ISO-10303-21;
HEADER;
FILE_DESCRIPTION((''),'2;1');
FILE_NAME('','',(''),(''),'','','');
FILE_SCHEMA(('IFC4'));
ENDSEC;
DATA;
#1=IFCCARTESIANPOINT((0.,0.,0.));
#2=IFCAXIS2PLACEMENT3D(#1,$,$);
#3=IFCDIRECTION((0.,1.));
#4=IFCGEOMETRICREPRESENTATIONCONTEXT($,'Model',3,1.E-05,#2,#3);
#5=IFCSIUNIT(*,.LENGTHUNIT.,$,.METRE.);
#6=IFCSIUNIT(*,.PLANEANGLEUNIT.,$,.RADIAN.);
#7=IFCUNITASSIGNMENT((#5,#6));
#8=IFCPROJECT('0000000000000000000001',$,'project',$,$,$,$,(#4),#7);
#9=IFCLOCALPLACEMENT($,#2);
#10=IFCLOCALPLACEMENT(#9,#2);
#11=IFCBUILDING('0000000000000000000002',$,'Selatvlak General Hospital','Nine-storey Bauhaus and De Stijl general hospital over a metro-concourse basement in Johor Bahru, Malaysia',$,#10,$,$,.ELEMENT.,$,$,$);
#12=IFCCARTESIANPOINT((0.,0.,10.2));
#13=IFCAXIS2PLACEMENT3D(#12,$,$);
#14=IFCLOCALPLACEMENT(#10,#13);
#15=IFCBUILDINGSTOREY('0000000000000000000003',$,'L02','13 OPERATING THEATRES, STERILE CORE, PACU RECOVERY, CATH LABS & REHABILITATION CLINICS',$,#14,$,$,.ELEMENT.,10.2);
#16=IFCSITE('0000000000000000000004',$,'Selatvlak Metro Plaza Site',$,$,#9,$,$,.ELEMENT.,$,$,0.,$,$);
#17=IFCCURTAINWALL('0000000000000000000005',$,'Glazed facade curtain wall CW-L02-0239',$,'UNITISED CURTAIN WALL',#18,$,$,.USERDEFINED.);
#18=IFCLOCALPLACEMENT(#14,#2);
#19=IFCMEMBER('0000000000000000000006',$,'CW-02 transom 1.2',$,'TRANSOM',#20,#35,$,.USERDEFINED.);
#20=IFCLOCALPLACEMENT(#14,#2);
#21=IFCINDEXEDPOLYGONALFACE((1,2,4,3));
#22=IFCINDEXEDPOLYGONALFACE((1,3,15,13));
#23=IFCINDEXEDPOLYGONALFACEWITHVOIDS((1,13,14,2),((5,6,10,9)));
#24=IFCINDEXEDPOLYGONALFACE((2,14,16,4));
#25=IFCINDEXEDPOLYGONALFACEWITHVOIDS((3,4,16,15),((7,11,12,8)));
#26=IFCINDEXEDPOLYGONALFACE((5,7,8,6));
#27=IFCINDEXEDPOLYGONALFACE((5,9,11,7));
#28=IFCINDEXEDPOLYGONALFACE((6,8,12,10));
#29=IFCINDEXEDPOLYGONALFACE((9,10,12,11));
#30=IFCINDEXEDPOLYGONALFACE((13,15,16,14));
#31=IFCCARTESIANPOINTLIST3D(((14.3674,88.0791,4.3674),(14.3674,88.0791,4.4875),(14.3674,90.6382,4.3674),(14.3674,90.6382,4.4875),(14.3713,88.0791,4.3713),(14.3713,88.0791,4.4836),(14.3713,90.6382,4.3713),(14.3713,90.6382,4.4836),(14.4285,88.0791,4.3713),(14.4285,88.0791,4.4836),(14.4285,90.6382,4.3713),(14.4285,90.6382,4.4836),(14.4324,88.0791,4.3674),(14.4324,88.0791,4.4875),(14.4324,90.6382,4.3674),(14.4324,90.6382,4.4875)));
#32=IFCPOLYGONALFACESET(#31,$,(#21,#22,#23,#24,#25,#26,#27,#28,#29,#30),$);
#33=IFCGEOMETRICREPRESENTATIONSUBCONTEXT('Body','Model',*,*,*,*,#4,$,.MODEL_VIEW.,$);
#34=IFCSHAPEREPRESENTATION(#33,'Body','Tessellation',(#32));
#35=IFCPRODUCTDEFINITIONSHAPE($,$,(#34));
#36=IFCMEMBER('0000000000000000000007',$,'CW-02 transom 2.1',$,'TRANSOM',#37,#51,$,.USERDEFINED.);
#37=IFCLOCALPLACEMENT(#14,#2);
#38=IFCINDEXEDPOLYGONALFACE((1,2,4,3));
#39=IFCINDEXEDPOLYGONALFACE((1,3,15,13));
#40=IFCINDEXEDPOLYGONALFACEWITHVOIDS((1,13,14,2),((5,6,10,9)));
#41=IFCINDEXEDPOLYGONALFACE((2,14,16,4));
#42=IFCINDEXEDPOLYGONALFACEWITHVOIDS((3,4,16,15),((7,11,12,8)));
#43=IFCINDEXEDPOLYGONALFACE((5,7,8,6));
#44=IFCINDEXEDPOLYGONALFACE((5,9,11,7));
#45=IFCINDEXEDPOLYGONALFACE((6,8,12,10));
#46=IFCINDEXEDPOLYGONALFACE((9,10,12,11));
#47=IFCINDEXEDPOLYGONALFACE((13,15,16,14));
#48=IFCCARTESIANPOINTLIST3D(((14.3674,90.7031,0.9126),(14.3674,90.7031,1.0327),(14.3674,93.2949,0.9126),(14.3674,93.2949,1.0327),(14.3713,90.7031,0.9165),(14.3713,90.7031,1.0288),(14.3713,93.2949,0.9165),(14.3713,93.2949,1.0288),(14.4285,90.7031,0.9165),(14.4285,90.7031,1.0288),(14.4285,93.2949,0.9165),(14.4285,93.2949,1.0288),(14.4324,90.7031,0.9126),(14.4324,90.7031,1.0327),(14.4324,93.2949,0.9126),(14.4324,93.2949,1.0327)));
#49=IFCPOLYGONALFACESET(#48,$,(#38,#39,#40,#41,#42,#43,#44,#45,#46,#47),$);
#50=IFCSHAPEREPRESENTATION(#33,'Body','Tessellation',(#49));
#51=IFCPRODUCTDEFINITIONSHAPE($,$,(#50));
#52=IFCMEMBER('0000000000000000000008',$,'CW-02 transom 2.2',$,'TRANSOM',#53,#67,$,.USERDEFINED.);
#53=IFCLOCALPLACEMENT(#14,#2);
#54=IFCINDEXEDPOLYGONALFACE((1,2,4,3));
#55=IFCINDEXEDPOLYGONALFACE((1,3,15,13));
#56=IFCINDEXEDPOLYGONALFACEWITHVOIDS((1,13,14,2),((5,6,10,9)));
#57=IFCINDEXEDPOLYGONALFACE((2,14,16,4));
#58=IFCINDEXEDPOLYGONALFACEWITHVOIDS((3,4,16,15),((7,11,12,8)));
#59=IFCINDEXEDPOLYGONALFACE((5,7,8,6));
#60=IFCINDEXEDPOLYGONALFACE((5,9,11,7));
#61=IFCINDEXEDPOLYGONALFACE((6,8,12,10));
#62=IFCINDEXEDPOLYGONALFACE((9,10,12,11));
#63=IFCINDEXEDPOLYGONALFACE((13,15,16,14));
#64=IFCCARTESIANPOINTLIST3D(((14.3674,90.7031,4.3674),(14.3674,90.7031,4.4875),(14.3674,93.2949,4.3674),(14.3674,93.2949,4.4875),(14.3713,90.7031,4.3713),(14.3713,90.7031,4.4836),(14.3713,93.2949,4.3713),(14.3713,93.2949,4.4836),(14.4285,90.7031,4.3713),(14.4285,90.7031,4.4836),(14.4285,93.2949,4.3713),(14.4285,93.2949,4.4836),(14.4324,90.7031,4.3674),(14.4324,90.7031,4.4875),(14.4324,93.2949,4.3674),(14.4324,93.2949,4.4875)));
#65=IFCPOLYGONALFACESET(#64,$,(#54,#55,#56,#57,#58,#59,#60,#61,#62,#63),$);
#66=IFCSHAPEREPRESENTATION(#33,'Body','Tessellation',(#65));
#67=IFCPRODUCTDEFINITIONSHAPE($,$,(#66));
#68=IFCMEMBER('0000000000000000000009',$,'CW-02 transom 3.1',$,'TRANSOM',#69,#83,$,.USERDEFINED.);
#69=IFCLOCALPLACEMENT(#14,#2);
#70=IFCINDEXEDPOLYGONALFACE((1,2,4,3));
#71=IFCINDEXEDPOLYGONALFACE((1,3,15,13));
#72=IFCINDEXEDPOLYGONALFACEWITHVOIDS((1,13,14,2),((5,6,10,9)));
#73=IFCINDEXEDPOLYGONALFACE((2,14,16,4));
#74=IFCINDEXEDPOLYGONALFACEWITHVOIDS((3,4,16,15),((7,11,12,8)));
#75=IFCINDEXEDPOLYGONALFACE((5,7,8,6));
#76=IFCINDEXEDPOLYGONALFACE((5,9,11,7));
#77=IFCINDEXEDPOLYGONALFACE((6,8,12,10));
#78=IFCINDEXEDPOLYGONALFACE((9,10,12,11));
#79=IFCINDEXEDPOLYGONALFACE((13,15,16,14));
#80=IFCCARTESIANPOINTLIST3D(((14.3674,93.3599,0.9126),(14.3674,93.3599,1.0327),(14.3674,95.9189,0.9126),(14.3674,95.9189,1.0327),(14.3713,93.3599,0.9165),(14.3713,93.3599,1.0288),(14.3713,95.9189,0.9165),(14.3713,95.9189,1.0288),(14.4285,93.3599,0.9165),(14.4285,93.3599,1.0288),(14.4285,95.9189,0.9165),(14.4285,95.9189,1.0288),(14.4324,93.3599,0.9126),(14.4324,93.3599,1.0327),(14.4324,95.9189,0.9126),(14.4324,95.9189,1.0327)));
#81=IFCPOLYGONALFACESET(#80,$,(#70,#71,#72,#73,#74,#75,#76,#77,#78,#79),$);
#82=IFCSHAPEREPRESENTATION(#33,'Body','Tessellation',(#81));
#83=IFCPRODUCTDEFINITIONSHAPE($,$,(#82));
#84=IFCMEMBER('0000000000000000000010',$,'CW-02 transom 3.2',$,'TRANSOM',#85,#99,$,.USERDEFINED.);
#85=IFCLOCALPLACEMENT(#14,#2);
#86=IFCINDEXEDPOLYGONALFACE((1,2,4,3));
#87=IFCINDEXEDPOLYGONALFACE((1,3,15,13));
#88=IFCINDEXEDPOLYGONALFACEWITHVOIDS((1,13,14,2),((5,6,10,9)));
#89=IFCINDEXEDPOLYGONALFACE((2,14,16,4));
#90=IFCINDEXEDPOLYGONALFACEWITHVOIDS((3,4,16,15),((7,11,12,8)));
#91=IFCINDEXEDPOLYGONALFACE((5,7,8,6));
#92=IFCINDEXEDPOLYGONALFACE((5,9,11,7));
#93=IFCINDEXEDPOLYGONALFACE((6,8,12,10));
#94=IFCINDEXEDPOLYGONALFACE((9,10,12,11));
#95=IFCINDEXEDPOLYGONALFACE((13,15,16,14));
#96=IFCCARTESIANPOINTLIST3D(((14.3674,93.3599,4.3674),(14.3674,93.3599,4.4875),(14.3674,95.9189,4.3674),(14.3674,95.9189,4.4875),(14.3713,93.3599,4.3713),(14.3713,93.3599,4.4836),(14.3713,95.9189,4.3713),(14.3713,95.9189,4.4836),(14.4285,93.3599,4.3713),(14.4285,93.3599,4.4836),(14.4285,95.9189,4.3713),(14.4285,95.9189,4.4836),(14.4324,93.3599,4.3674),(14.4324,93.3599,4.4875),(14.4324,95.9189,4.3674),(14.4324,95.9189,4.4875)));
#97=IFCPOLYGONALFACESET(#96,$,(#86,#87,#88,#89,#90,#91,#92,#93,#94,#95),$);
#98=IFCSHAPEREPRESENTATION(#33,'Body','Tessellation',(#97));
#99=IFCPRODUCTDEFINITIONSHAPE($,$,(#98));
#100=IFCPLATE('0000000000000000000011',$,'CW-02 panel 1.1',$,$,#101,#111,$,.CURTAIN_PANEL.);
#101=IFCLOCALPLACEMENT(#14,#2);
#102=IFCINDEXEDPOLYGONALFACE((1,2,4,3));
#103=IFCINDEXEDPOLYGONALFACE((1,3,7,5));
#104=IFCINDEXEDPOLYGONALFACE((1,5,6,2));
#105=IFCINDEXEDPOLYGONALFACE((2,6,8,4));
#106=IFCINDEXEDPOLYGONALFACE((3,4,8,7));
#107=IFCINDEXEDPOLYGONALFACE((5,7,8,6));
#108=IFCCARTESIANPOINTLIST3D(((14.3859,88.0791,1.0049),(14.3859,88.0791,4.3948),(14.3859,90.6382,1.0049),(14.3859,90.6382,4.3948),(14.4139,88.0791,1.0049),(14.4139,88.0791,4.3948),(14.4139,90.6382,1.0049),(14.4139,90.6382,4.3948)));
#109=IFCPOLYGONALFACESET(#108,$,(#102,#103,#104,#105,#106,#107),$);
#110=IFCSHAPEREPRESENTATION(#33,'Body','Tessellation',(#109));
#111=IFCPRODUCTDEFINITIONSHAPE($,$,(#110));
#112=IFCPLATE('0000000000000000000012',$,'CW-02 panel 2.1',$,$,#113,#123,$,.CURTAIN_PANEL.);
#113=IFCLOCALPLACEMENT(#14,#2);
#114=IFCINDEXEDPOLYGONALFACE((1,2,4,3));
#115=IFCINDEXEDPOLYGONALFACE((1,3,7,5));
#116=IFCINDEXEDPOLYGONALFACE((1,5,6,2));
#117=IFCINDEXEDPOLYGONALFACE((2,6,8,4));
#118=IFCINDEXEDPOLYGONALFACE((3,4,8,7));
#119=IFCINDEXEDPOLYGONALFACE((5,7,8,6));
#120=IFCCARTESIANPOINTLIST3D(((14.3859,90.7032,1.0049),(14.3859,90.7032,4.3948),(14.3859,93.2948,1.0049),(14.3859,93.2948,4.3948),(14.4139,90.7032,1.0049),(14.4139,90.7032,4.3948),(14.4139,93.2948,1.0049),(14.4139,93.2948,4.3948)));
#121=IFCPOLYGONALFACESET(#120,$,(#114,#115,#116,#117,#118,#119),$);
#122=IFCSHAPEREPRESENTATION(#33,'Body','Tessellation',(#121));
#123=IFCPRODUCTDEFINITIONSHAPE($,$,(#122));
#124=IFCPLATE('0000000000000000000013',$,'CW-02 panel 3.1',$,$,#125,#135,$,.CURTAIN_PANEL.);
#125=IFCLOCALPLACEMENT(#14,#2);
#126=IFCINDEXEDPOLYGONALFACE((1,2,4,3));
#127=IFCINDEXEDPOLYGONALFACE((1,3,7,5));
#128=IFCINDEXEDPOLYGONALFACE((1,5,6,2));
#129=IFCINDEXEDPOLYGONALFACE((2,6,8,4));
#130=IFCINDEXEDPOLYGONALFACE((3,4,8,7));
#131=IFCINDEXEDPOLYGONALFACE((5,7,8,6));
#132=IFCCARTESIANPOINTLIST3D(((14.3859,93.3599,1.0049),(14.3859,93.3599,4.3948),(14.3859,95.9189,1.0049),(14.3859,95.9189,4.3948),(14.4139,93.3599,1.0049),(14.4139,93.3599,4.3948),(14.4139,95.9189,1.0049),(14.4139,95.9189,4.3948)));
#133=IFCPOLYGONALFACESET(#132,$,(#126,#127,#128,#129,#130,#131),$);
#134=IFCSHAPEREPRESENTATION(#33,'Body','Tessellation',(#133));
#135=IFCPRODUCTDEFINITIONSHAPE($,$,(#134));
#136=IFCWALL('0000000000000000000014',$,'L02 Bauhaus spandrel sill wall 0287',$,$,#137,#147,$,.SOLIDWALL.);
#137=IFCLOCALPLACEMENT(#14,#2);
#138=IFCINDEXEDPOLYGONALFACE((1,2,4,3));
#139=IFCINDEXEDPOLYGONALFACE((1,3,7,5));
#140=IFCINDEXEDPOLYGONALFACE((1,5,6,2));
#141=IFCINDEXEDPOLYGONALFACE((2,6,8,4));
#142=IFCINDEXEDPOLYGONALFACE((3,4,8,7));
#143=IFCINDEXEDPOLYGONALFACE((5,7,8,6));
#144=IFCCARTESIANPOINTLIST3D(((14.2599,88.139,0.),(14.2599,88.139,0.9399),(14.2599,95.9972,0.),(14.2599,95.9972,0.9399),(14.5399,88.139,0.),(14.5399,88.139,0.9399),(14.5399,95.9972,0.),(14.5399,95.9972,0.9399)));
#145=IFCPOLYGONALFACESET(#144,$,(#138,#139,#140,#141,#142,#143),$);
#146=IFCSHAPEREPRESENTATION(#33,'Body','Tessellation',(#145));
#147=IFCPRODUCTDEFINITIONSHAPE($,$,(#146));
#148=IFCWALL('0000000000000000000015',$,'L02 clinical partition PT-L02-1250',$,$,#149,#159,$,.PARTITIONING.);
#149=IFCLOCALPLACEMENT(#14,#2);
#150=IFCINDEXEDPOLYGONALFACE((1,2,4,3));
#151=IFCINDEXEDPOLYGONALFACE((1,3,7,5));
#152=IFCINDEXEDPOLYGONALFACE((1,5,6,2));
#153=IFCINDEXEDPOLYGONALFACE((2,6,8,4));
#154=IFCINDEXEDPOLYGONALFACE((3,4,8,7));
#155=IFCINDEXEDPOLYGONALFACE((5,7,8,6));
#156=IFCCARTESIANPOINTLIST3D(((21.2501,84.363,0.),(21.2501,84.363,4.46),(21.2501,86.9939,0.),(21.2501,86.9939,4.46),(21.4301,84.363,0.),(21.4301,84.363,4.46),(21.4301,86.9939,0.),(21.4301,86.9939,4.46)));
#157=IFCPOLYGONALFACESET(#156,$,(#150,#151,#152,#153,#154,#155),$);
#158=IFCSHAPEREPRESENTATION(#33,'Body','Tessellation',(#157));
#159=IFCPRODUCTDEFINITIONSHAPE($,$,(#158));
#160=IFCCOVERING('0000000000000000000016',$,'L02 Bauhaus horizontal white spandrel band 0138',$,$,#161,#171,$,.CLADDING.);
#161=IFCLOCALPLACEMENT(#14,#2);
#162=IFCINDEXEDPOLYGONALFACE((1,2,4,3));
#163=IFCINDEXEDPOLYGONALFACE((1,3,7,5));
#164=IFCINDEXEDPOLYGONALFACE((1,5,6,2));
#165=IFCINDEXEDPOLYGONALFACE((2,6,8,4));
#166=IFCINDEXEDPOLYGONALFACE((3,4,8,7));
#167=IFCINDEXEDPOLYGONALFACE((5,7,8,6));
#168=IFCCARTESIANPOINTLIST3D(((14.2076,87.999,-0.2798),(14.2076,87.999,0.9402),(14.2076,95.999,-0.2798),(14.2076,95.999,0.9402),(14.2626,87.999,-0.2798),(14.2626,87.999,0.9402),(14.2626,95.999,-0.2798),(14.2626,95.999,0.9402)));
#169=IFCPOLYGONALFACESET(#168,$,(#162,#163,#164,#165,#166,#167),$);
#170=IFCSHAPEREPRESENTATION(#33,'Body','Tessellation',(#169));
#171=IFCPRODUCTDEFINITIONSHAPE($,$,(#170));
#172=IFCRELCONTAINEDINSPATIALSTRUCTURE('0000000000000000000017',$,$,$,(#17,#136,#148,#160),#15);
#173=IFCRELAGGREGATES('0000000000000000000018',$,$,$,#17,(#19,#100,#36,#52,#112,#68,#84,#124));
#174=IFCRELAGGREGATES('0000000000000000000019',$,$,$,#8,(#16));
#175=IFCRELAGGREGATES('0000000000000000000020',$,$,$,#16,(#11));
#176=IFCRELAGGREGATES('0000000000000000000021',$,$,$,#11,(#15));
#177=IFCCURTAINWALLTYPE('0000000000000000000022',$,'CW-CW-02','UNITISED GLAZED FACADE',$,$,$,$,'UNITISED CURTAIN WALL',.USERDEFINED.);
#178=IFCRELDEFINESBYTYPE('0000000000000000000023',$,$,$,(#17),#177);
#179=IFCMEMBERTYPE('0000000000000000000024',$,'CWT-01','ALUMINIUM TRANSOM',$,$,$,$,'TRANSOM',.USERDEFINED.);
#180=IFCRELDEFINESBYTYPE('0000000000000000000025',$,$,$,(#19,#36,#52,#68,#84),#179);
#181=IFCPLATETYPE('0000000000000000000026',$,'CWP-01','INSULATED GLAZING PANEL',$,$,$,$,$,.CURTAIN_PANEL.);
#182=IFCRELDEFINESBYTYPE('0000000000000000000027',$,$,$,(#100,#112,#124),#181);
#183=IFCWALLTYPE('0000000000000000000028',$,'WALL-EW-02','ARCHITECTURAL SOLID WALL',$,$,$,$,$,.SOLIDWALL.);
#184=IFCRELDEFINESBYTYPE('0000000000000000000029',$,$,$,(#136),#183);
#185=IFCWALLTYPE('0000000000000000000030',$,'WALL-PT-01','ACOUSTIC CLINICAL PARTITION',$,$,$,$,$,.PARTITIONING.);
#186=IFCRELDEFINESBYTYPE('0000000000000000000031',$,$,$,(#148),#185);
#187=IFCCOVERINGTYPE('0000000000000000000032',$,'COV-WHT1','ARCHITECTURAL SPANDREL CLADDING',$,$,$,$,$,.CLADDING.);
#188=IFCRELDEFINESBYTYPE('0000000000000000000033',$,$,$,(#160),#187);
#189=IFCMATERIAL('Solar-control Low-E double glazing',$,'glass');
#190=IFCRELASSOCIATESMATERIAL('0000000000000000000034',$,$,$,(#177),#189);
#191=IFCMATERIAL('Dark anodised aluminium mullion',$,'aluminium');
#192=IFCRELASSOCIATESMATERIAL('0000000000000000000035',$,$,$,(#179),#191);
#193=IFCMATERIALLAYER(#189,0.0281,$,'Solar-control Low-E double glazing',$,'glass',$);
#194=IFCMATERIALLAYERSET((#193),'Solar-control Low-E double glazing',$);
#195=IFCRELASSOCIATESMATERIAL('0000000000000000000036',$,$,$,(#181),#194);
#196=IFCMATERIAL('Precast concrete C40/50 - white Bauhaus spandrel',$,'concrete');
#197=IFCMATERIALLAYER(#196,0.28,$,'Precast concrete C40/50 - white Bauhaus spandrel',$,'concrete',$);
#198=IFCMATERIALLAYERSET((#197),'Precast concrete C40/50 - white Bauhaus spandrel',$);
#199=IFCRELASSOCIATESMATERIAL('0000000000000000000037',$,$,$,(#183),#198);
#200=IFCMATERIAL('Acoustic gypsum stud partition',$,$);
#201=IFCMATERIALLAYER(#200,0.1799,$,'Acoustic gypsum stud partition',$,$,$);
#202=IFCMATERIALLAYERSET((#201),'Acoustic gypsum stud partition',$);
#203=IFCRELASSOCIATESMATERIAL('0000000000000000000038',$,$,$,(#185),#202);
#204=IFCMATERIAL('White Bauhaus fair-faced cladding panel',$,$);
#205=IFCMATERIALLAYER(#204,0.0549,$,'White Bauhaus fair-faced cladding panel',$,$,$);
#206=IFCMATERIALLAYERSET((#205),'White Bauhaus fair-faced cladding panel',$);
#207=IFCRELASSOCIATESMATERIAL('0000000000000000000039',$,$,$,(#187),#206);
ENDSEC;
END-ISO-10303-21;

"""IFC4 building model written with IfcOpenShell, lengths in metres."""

from ifc_helpers import new_model, si_unit, direction, frame, frame_2d, origin, origin_2d, place, context, subcontext, project, spatial, rectangle, hollow_rectangle, extrude, material, layer, layer_set, material_profile, profile_set, type_object, element, aggregate, save


model = new_model("IFC4")

# Units and contexts
model_context = context("Model", 3, precision=1e-05, world=origin(), true_north=direction((0.0, 1.0)))
body_context = subcontext(model_context, "Body", "Model", "MODEL_VIEW")
ifc_project = project(units=[si_unit("LENGTHUNIT", "METRE"), si_unit("PLANEANGLEUNIT", "RADIAN")], contexts=[model_context])

# Site, building, storey
site_placement = place(None, origin())
site = spatial("IfcSite", under=ifc_project, at=site_placement, Name="Selatvlak Metro Plaza Site", CompositionType="ELEMENT", RefElevation=0.0)
building_placement = place(site_placement, origin())
building = spatial("IfcBuilding", under=site, at=building_placement, Name="Selatvlak General Hospital", Description="Nine-storey Bauhaus and De Stijl general hospital over a metro-concourse basement in Johor Bahru, Malaysia", CompositionType="ELEMENT")
storey_placement = place(building_placement, frame((0.0, 0.0, 10.2)))
storey = spatial("IfcBuildingStorey", under=building, at=storey_placement, Name="L02", Description="13 OPERATING THEATRES, STERILE CORE, PACU RECOVERY, CATH LABS & REHABILITATION CLINICS", CompositionType="ELEMENT", Elevation=10.2)

# Curtain wall, members, plates
ifc_material_1 = material(Name="Solar-control Low-E double glazing", Category="glass")
curtain_wall_type = type_object("IfcCurtainWallType", Name="CW-CW-02", Description="UNITISED GLAZED FACADE", ElementType="UNITISED CURTAIN WALL", PredefinedType="USERDEFINED", material=ifc_material_1)
curtain_wall_placement = place(storey_placement, origin())
curtain_wall = element("IfcCurtainWall", 1, at=curtain_wall_placement, inside=storey, type_object=curtain_wall_type, Name="Glazed facade curtain wall CW-L02-0239", ObjectType="UNITISED CURTAIN WALL", PredefinedType="USERDEFINED")
ifc_material_2 = material(Name="Dark anodised aluminium mullion", Category="aluminium")
ifc_material_profile_1 = material_profile(ifc_material_2, hollow_rectangle(XDim=0.0649, YDim=0.1201, WallThickness=0.0039, at=origin_2d()), Name="AL-TRN 65x120x4")
ifc_profile_set_1 = profile_set([ifc_material_profile_1], Name="Dark anodised aluminium mullion")
member_type_1 = type_object("IfcMemberType", Name="CWT-01", Description="ALUMINIUM TRANSOM", ElementType="TRANSOM", PredefinedType="USERDEFINED", material=ifc_profile_set_1)
member_1_placement = place(storey_placement, frame((14.3999, 88.0791, 4.4275), z_axis=(0.0, 1.0, 0.0), x_axis=(-1.0, 0.0, 0.0)))
member_1 = element("IfcMember", 2, at=member_1_placement, type_object=member_type_1, Name="CW-02 transom 1.2", ObjectType="TRANSOM", PredefinedType="USERDEFINED", context=body_context, shape_type="SweptSolid", body=[
    extrude(hollow_rectangle(XDim=0.0649, YDim=0.1201, WallThickness=0.0039, at=origin_2d()), origin(), (0.0, 0.0, 1.0), 2.5591),
])
member_2_placement = place(storey_placement, frame((14.3999, 90.7031, 0.9727), z_axis=(0.0, 1.0, 0.0), x_axis=(-1.0, 0.0, 0.0)))
member_2 = element("IfcMember", 3, at=member_2_placement, type_object=member_type_1, Name="CW-02 transom 2.1", ObjectType="TRANSOM", PredefinedType="USERDEFINED", context=body_context, shape_type="SweptSolid", body=[
    extrude(hollow_rectangle(XDim=0.0649, YDim=0.1201, WallThickness=0.0039, at=origin_2d()), origin(), (0.0, 0.0, 1.0), 2.5918),
])
member_3_placement = place(storey_placement, frame((14.3999, 90.7031, 4.4275), z_axis=(0.0, 1.0, 0.0), x_axis=(-1.0, 0.0, 0.0)))
member_3 = element("IfcMember", 4, at=member_3_placement, type_object=member_type_1, Name="CW-02 transom 2.2", ObjectType="TRANSOM", PredefinedType="USERDEFINED", context=body_context, shape_type="SweptSolid", body=[
    extrude(hollow_rectangle(XDim=0.0649, YDim=0.1201, WallThickness=0.0039, at=origin_2d()), origin(), (0.0, 0.0, 1.0), 2.5918),
])
member_4_placement = place(storey_placement, frame((14.3999, 93.3599, 0.9727), z_axis=(0.0, 1.0, 0.0), x_axis=(-1.0, 0.0, 0.0)))
member_4 = element("IfcMember", 5, at=member_4_placement, type_object=member_type_1, Name="CW-02 transom 3.1", ObjectType="TRANSOM", PredefinedType="USERDEFINED", context=body_context, shape_type="SweptSolid", body=[
    extrude(hollow_rectangle(XDim=0.0649, YDim=0.1201, WallThickness=0.0039, at=origin_2d()), origin(), (0.0, 0.0, 1.0), 2.5591),
])
member_5_placement = place(storey_placement, frame((14.3999, 93.3599, 4.4275), z_axis=(0.0, 1.0, 0.0), x_axis=(-1.0, 0.0, 0.0)))
member_5 = element("IfcMember", 6, at=member_5_placement, type_object=member_type_1, Name="CW-02 transom 3.2", ObjectType="TRANSOM", PredefinedType="USERDEFINED", context=body_context, shape_type="SweptSolid", body=[
    extrude(hollow_rectangle(XDim=0.0649, YDim=0.1201, WallThickness=0.0039, at=origin_2d()), origin(), (0.0, 0.0, 1.0), 2.5591),
])
ifc_layer_1 = layer(ifc_material_1, 0.0281, Name="Solar-control Low-E double glazing", Category="glass")
ifc_layer_set_1 = layer_set([ifc_layer_1], Name="Solar-control Low-E double glazing")
plate_type = type_object("IfcPlateType", Name="CWP-01", Description="INSULATED GLAZING PANEL", PredefinedType="CURTAIN_PANEL", material=ifc_layer_set_1)
plate_1_placement = place(storey_placement, frame((14.3999, 89.3586, 1.0049), z_axis=(0.0, 0.0, 1.0), x_axis=(0.0, 1.0, 0.0)))
plate_1 = element("IfcPlate", 7, at=plate_1_placement, type_object=plate_type, Name="CW-02 panel 1.1", PredefinedType="CURTAIN_PANEL", context=body_context, shape_type="SweptSolid", body=[
    extrude(rectangle(XDim=2.5591, YDim=0.0281, at=origin_2d()), origin(), (0.0, 0.0, 1.0), 3.3899),
])
plate_2_placement = place(storey_placement, frame((14.3999, 91.999, 1.0049), z_axis=(0.0, 0.0, 1.0), x_axis=(0.0, 1.0, 0.0)))
plate_2 = element("IfcPlate", 8, at=plate_2_placement, type_object=plate_type, Name="CW-02 panel 2.1", PredefinedType="CURTAIN_PANEL", context=body_context, shape_type="SweptSolid", body=[
    extrude(rectangle(XDim=2.5916, YDim=0.0281, at=origin_2d()), origin(), (0.0, 0.0, 1.0), 3.3899),
])
plate_3_placement = place(storey_placement, frame((14.3999, 94.6394, 1.0049), z_axis=(0.0, 0.0, 1.0), x_axis=(0.0, 1.0, 0.0)))
plate_3 = element("IfcPlate", 9, at=plate_3_placement, type_object=plate_type, Name="CW-02 panel 3.1", PredefinedType="CURTAIN_PANEL", context=body_context, shape_type="SweptSolid", body=[
    extrude(rectangle(XDim=2.5591, YDim=0.0281, at=origin_2d()), origin(), (0.0, 0.0, 1.0), 3.3899),
])
aggregate(curtain_wall, [member_1, plate_1, member_2, member_3, plate_2, member_4, member_5, plate_3])

# Walls
ifc_material_3 = material(Name="Precast concrete C40/50 - white Bauhaus spandrel", Category="concrete")
ifc_layer_2 = layer(ifc_material_3, 0.28, Name="Precast concrete C40/50 - white Bauhaus spandrel", Category="concrete")
ifc_layer_set_2 = layer_set([ifc_layer_2], Name="Precast concrete C40/50 - white Bauhaus spandrel")
wall_type_1 = type_object("IfcWallType", Name="WALL-EW-02", Description="ARCHITECTURAL SOLID WALL", PredefinedType="SOLIDWALL", material=ifc_layer_set_2)
wall_1_placement = place(storey_placement, frame((14.3999, 88.1389, 0.0), z_axis=(0.0, 0.0, 1.0), x_axis=(0.0, 1.0, 0.0)))
element("IfcWall", 10, at=wall_1_placement, inside=storey, type_object=wall_type_1, Name="L02 Bauhaus spandrel sill wall 0287", PredefinedType="SOLIDWALL", context=body_context, shape_type="SweptSolid", body=[
    extrude(rectangle(XDim=7.8582, YDim=0.28, at=frame_2d((3.9292, 0.0))), origin(), (0.0, 0.0, 1.0), 0.9399),
])
ifc_material_4 = material(Name="Acoustic gypsum stud partition")
ifc_layer_3 = layer(ifc_material_4, 0.1799, Name="Acoustic gypsum stud partition")
ifc_layer_set_3 = layer_set([ifc_layer_3], Name="Acoustic gypsum stud partition")
wall_type_2 = type_object("IfcWallType", Name="WALL-PT-01", Description="ACOUSTIC CLINICAL PARTITION", PredefinedType="PARTITIONING", material=ifc_layer_set_3)
wall_2_placement = place(storey_placement, frame((21.3401, 86.9939, 0.0), z_axis=(0.0, 0.0, 1.0), x_axis=(0.0, -1.0, 0.0)))
element("IfcWall", 11, at=wall_2_placement, inside=storey, type_object=wall_type_2, Name="L02 clinical partition PT-L02-1250", PredefinedType="PARTITIONING", context=body_context, shape_type="SweptSolid", body=[
    extrude(rectangle(XDim=2.6309, YDim=0.1799, at=frame_2d((1.3154, 0.0))), origin(), (0.0, 0.0, 1.0), 4.46),
])

# Covering
ifc_material_5 = material(Name="White Bauhaus fair-faced cladding panel")
ifc_layer_4 = layer(ifc_material_5, 0.0549, Name="White Bauhaus fair-faced cladding panel")
ifc_layer_set_4 = layer_set([ifc_layer_4], Name="White Bauhaus fair-faced cladding panel")
covering_type = type_object("IfcCoveringType", Name="COV-WHT1", Description="ARCHITECTURAL SPANDREL CLADDING", PredefinedType="CLADDING", material=ifc_layer_set_4)
covering_placement = place(storey_placement, frame((14.2351, 91.999, -0.2798), z_axis=(0.0, 0.0, 1.0), x_axis=(0.0, 1.0, 0.0)))
element("IfcCovering", 12, at=covering_placement, inside=storey, type_object=covering_type, Name="L02 Bauhaus horizontal white spandrel band 0138", PredefinedType="CLADDING", context=body_context, shape_type="SweptSolid", body=[
    extrude(rectangle(XDim=8.0, YDim=0.0549, at=origin_2d()), origin(), (0.0, 0.0, 1.0), 1.22),
])

save(model, "model.ifc")
